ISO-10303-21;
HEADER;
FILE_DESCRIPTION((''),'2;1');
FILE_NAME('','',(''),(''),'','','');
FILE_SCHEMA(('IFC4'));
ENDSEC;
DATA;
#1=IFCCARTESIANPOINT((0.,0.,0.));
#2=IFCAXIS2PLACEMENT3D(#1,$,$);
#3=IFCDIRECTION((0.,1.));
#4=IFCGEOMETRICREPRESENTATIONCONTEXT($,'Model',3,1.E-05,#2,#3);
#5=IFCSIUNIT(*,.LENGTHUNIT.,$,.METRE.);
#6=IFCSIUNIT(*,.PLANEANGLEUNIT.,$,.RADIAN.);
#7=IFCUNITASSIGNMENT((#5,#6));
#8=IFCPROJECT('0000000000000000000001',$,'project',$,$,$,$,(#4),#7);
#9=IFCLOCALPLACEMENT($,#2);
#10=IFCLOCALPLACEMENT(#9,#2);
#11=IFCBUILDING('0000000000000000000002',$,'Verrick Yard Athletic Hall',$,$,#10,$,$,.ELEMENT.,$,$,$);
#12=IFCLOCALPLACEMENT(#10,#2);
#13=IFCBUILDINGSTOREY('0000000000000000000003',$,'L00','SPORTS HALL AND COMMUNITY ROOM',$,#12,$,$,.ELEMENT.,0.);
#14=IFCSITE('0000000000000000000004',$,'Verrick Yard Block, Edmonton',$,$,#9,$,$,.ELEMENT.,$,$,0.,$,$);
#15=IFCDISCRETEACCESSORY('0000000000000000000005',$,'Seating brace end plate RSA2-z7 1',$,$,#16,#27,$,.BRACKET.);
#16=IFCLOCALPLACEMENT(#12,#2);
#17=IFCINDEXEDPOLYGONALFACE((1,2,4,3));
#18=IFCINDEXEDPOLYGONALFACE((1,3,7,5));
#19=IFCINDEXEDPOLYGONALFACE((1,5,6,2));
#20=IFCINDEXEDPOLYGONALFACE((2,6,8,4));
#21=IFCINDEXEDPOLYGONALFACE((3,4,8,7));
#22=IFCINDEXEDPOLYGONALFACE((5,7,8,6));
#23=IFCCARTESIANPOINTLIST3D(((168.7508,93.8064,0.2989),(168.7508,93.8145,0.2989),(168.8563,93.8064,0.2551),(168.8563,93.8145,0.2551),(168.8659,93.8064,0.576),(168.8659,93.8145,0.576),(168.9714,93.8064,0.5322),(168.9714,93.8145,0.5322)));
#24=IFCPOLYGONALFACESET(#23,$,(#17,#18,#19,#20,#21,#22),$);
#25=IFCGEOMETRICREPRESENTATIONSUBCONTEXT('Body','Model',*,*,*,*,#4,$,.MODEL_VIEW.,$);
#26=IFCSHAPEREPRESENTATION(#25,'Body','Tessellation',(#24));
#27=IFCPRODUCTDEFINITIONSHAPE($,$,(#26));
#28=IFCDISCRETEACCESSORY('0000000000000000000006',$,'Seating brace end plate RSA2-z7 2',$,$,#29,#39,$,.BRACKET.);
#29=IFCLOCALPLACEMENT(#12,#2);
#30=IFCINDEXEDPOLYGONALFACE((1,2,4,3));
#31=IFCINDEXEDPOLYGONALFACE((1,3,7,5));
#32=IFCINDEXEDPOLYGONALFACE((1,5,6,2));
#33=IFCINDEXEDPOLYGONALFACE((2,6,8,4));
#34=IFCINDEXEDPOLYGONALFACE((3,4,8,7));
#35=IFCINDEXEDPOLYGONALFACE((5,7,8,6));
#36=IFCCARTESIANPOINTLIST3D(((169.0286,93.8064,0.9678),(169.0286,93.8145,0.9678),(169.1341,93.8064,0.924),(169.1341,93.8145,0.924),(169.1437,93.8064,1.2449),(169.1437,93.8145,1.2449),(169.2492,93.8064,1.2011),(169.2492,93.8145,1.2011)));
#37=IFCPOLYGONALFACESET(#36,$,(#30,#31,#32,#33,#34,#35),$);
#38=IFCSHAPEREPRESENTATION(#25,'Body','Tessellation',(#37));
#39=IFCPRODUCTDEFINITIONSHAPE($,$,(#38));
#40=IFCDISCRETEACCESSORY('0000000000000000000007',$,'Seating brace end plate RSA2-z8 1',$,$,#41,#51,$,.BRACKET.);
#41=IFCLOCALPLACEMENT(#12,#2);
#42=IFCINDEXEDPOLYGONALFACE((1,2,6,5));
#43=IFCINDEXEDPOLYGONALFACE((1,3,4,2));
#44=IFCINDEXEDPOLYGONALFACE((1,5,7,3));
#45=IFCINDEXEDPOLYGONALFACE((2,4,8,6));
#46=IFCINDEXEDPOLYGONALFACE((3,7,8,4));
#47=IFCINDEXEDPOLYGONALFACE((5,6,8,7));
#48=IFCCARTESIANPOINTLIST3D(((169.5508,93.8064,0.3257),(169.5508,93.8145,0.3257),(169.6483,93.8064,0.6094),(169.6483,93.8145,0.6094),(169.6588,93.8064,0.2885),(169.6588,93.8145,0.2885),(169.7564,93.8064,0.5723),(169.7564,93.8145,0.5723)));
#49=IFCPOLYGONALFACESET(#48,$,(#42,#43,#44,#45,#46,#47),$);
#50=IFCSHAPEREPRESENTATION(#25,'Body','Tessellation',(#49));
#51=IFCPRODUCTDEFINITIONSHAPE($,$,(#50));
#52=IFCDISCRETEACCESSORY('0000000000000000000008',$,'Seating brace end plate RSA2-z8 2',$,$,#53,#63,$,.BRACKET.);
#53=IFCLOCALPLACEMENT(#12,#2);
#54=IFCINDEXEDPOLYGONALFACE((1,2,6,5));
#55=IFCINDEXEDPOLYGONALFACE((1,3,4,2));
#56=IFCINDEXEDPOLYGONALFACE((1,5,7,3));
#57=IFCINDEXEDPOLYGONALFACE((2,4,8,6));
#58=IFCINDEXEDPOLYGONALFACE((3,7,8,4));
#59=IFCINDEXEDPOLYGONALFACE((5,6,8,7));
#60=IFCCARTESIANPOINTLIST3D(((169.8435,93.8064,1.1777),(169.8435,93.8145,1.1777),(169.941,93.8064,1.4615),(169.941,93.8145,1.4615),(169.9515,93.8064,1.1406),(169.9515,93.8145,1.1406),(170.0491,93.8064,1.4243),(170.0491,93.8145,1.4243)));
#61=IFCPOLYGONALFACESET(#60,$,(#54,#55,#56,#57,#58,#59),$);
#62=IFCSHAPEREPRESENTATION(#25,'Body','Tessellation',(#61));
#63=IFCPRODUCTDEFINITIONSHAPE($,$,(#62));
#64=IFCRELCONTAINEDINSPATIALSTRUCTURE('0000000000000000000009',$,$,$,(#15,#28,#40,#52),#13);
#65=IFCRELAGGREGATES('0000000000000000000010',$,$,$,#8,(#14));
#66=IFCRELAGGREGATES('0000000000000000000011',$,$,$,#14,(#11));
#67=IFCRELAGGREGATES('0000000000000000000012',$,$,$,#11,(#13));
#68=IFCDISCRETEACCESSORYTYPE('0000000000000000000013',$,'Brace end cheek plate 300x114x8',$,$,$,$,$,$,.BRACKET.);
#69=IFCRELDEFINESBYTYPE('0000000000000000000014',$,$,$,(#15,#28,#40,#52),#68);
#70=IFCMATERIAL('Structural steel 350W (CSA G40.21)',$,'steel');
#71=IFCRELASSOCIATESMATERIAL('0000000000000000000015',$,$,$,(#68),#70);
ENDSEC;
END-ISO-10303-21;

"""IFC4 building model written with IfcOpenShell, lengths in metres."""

from ifc_helpers import new_model, si_unit, direction, frame, origin, origin_2d, place, context, subcontext, project, spatial, rectangle, extrude, material, material_profile, profile_set, type_object, element, save


model = new_model("IFC4")

# Units and contexts
model_context = context("Model", 3, precision=1e-05, world=origin(), true_north=direction((0.0, 1.0)))
body_context = subcontext(model_context, "Body", "Model", "MODEL_VIEW")
ifc_project = project(units=[si_unit("LENGTHUNIT", "METRE"), si_unit("PLANEANGLEUNIT", "RADIAN")], contexts=[model_context])

# Site, building, storey
site_placement = place(None, origin())
site = spatial("IfcSite", under=ifc_project, at=site_placement, Name="Verrick Yard Block, Edmonton", CompositionType="ELEMENT", RefElevation=0.0)
building_placement = place(site_placement, origin())
building = spatial("IfcBuilding", under=site, at=building_placement, Name="Verrick Yard Athletic Hall", CompositionType="ELEMENT")
storey_placement = place(building_placement, origin())
storey = spatial("IfcBuildingStorey", under=building, at=storey_placement, Name="L00", Description="SPORTS HALL AND COMMUNITY ROOM", CompositionType="ELEMENT", Elevation=0.0)

# Discrete accessories
ifc_material_1 = material(Name="Structural steel 350W (CSA G40.21)", Category="steel")
ifc_material_profile_1 = material_profile(ifc_material_1, rectangle(XDim=0.3, YDim=0.1143, at=origin_2d()), Name="Brace end cheek plate")
ifc_profile_set_1 = profile_set([ifc_material_profile_1], Name="Structural steel 350W (CSA G40.21)")
discrete_accessory_type = type_object("IfcDiscreteAccessoryType", Name="Brace end cheek plate 300x114x8", PredefinedType="BRACKET", material=ifc_profile_set_1)
for number, where, z_axis, x_axis, name in (
    (1, (168.8611, 93.8064, 0.4155), (0.0, 1.0, 0.0), (0.383566, 0.0, 0.923513), "Seating brace end plate RSA2-z7 1"),
    (2, (169.1389, 93.8064, 1.0845), (0.0, 1.0, 0.0), (-0.383566, 0.0, -0.923513), "Seating brace end plate RSA2-z7 2"),
    (3, (169.6536, 93.8064, 0.449), (0.0, 1.0, 0.0), (0.325058, 0.0, 0.945694), "Seating brace end plate RSA2-z8 1"),
    (4, (169.9463, 93.8064, 1.301), (0.0, 1.0, 0.0), (-0.325058, 0.0, -0.945694), "Seating brace end plate RSA2-z8 2"),
):
    element("IfcDiscreteAccessory", number, at=place(storey_placement, frame(where, z_axis=z_axis, x_axis=x_axis)), inside=storey, type_object=discrete_accessory_type, Name=name, PredefinedType="BRACKET", context=body_context, shape_type="SweptSolid", body=[
        extrude(rectangle(XDim=0.3, YDim=0.1143, at=origin_2d()), origin(), (0.0, 0.0, 1.0), 0.0081),
    ])

save(model, "model.ifc")
